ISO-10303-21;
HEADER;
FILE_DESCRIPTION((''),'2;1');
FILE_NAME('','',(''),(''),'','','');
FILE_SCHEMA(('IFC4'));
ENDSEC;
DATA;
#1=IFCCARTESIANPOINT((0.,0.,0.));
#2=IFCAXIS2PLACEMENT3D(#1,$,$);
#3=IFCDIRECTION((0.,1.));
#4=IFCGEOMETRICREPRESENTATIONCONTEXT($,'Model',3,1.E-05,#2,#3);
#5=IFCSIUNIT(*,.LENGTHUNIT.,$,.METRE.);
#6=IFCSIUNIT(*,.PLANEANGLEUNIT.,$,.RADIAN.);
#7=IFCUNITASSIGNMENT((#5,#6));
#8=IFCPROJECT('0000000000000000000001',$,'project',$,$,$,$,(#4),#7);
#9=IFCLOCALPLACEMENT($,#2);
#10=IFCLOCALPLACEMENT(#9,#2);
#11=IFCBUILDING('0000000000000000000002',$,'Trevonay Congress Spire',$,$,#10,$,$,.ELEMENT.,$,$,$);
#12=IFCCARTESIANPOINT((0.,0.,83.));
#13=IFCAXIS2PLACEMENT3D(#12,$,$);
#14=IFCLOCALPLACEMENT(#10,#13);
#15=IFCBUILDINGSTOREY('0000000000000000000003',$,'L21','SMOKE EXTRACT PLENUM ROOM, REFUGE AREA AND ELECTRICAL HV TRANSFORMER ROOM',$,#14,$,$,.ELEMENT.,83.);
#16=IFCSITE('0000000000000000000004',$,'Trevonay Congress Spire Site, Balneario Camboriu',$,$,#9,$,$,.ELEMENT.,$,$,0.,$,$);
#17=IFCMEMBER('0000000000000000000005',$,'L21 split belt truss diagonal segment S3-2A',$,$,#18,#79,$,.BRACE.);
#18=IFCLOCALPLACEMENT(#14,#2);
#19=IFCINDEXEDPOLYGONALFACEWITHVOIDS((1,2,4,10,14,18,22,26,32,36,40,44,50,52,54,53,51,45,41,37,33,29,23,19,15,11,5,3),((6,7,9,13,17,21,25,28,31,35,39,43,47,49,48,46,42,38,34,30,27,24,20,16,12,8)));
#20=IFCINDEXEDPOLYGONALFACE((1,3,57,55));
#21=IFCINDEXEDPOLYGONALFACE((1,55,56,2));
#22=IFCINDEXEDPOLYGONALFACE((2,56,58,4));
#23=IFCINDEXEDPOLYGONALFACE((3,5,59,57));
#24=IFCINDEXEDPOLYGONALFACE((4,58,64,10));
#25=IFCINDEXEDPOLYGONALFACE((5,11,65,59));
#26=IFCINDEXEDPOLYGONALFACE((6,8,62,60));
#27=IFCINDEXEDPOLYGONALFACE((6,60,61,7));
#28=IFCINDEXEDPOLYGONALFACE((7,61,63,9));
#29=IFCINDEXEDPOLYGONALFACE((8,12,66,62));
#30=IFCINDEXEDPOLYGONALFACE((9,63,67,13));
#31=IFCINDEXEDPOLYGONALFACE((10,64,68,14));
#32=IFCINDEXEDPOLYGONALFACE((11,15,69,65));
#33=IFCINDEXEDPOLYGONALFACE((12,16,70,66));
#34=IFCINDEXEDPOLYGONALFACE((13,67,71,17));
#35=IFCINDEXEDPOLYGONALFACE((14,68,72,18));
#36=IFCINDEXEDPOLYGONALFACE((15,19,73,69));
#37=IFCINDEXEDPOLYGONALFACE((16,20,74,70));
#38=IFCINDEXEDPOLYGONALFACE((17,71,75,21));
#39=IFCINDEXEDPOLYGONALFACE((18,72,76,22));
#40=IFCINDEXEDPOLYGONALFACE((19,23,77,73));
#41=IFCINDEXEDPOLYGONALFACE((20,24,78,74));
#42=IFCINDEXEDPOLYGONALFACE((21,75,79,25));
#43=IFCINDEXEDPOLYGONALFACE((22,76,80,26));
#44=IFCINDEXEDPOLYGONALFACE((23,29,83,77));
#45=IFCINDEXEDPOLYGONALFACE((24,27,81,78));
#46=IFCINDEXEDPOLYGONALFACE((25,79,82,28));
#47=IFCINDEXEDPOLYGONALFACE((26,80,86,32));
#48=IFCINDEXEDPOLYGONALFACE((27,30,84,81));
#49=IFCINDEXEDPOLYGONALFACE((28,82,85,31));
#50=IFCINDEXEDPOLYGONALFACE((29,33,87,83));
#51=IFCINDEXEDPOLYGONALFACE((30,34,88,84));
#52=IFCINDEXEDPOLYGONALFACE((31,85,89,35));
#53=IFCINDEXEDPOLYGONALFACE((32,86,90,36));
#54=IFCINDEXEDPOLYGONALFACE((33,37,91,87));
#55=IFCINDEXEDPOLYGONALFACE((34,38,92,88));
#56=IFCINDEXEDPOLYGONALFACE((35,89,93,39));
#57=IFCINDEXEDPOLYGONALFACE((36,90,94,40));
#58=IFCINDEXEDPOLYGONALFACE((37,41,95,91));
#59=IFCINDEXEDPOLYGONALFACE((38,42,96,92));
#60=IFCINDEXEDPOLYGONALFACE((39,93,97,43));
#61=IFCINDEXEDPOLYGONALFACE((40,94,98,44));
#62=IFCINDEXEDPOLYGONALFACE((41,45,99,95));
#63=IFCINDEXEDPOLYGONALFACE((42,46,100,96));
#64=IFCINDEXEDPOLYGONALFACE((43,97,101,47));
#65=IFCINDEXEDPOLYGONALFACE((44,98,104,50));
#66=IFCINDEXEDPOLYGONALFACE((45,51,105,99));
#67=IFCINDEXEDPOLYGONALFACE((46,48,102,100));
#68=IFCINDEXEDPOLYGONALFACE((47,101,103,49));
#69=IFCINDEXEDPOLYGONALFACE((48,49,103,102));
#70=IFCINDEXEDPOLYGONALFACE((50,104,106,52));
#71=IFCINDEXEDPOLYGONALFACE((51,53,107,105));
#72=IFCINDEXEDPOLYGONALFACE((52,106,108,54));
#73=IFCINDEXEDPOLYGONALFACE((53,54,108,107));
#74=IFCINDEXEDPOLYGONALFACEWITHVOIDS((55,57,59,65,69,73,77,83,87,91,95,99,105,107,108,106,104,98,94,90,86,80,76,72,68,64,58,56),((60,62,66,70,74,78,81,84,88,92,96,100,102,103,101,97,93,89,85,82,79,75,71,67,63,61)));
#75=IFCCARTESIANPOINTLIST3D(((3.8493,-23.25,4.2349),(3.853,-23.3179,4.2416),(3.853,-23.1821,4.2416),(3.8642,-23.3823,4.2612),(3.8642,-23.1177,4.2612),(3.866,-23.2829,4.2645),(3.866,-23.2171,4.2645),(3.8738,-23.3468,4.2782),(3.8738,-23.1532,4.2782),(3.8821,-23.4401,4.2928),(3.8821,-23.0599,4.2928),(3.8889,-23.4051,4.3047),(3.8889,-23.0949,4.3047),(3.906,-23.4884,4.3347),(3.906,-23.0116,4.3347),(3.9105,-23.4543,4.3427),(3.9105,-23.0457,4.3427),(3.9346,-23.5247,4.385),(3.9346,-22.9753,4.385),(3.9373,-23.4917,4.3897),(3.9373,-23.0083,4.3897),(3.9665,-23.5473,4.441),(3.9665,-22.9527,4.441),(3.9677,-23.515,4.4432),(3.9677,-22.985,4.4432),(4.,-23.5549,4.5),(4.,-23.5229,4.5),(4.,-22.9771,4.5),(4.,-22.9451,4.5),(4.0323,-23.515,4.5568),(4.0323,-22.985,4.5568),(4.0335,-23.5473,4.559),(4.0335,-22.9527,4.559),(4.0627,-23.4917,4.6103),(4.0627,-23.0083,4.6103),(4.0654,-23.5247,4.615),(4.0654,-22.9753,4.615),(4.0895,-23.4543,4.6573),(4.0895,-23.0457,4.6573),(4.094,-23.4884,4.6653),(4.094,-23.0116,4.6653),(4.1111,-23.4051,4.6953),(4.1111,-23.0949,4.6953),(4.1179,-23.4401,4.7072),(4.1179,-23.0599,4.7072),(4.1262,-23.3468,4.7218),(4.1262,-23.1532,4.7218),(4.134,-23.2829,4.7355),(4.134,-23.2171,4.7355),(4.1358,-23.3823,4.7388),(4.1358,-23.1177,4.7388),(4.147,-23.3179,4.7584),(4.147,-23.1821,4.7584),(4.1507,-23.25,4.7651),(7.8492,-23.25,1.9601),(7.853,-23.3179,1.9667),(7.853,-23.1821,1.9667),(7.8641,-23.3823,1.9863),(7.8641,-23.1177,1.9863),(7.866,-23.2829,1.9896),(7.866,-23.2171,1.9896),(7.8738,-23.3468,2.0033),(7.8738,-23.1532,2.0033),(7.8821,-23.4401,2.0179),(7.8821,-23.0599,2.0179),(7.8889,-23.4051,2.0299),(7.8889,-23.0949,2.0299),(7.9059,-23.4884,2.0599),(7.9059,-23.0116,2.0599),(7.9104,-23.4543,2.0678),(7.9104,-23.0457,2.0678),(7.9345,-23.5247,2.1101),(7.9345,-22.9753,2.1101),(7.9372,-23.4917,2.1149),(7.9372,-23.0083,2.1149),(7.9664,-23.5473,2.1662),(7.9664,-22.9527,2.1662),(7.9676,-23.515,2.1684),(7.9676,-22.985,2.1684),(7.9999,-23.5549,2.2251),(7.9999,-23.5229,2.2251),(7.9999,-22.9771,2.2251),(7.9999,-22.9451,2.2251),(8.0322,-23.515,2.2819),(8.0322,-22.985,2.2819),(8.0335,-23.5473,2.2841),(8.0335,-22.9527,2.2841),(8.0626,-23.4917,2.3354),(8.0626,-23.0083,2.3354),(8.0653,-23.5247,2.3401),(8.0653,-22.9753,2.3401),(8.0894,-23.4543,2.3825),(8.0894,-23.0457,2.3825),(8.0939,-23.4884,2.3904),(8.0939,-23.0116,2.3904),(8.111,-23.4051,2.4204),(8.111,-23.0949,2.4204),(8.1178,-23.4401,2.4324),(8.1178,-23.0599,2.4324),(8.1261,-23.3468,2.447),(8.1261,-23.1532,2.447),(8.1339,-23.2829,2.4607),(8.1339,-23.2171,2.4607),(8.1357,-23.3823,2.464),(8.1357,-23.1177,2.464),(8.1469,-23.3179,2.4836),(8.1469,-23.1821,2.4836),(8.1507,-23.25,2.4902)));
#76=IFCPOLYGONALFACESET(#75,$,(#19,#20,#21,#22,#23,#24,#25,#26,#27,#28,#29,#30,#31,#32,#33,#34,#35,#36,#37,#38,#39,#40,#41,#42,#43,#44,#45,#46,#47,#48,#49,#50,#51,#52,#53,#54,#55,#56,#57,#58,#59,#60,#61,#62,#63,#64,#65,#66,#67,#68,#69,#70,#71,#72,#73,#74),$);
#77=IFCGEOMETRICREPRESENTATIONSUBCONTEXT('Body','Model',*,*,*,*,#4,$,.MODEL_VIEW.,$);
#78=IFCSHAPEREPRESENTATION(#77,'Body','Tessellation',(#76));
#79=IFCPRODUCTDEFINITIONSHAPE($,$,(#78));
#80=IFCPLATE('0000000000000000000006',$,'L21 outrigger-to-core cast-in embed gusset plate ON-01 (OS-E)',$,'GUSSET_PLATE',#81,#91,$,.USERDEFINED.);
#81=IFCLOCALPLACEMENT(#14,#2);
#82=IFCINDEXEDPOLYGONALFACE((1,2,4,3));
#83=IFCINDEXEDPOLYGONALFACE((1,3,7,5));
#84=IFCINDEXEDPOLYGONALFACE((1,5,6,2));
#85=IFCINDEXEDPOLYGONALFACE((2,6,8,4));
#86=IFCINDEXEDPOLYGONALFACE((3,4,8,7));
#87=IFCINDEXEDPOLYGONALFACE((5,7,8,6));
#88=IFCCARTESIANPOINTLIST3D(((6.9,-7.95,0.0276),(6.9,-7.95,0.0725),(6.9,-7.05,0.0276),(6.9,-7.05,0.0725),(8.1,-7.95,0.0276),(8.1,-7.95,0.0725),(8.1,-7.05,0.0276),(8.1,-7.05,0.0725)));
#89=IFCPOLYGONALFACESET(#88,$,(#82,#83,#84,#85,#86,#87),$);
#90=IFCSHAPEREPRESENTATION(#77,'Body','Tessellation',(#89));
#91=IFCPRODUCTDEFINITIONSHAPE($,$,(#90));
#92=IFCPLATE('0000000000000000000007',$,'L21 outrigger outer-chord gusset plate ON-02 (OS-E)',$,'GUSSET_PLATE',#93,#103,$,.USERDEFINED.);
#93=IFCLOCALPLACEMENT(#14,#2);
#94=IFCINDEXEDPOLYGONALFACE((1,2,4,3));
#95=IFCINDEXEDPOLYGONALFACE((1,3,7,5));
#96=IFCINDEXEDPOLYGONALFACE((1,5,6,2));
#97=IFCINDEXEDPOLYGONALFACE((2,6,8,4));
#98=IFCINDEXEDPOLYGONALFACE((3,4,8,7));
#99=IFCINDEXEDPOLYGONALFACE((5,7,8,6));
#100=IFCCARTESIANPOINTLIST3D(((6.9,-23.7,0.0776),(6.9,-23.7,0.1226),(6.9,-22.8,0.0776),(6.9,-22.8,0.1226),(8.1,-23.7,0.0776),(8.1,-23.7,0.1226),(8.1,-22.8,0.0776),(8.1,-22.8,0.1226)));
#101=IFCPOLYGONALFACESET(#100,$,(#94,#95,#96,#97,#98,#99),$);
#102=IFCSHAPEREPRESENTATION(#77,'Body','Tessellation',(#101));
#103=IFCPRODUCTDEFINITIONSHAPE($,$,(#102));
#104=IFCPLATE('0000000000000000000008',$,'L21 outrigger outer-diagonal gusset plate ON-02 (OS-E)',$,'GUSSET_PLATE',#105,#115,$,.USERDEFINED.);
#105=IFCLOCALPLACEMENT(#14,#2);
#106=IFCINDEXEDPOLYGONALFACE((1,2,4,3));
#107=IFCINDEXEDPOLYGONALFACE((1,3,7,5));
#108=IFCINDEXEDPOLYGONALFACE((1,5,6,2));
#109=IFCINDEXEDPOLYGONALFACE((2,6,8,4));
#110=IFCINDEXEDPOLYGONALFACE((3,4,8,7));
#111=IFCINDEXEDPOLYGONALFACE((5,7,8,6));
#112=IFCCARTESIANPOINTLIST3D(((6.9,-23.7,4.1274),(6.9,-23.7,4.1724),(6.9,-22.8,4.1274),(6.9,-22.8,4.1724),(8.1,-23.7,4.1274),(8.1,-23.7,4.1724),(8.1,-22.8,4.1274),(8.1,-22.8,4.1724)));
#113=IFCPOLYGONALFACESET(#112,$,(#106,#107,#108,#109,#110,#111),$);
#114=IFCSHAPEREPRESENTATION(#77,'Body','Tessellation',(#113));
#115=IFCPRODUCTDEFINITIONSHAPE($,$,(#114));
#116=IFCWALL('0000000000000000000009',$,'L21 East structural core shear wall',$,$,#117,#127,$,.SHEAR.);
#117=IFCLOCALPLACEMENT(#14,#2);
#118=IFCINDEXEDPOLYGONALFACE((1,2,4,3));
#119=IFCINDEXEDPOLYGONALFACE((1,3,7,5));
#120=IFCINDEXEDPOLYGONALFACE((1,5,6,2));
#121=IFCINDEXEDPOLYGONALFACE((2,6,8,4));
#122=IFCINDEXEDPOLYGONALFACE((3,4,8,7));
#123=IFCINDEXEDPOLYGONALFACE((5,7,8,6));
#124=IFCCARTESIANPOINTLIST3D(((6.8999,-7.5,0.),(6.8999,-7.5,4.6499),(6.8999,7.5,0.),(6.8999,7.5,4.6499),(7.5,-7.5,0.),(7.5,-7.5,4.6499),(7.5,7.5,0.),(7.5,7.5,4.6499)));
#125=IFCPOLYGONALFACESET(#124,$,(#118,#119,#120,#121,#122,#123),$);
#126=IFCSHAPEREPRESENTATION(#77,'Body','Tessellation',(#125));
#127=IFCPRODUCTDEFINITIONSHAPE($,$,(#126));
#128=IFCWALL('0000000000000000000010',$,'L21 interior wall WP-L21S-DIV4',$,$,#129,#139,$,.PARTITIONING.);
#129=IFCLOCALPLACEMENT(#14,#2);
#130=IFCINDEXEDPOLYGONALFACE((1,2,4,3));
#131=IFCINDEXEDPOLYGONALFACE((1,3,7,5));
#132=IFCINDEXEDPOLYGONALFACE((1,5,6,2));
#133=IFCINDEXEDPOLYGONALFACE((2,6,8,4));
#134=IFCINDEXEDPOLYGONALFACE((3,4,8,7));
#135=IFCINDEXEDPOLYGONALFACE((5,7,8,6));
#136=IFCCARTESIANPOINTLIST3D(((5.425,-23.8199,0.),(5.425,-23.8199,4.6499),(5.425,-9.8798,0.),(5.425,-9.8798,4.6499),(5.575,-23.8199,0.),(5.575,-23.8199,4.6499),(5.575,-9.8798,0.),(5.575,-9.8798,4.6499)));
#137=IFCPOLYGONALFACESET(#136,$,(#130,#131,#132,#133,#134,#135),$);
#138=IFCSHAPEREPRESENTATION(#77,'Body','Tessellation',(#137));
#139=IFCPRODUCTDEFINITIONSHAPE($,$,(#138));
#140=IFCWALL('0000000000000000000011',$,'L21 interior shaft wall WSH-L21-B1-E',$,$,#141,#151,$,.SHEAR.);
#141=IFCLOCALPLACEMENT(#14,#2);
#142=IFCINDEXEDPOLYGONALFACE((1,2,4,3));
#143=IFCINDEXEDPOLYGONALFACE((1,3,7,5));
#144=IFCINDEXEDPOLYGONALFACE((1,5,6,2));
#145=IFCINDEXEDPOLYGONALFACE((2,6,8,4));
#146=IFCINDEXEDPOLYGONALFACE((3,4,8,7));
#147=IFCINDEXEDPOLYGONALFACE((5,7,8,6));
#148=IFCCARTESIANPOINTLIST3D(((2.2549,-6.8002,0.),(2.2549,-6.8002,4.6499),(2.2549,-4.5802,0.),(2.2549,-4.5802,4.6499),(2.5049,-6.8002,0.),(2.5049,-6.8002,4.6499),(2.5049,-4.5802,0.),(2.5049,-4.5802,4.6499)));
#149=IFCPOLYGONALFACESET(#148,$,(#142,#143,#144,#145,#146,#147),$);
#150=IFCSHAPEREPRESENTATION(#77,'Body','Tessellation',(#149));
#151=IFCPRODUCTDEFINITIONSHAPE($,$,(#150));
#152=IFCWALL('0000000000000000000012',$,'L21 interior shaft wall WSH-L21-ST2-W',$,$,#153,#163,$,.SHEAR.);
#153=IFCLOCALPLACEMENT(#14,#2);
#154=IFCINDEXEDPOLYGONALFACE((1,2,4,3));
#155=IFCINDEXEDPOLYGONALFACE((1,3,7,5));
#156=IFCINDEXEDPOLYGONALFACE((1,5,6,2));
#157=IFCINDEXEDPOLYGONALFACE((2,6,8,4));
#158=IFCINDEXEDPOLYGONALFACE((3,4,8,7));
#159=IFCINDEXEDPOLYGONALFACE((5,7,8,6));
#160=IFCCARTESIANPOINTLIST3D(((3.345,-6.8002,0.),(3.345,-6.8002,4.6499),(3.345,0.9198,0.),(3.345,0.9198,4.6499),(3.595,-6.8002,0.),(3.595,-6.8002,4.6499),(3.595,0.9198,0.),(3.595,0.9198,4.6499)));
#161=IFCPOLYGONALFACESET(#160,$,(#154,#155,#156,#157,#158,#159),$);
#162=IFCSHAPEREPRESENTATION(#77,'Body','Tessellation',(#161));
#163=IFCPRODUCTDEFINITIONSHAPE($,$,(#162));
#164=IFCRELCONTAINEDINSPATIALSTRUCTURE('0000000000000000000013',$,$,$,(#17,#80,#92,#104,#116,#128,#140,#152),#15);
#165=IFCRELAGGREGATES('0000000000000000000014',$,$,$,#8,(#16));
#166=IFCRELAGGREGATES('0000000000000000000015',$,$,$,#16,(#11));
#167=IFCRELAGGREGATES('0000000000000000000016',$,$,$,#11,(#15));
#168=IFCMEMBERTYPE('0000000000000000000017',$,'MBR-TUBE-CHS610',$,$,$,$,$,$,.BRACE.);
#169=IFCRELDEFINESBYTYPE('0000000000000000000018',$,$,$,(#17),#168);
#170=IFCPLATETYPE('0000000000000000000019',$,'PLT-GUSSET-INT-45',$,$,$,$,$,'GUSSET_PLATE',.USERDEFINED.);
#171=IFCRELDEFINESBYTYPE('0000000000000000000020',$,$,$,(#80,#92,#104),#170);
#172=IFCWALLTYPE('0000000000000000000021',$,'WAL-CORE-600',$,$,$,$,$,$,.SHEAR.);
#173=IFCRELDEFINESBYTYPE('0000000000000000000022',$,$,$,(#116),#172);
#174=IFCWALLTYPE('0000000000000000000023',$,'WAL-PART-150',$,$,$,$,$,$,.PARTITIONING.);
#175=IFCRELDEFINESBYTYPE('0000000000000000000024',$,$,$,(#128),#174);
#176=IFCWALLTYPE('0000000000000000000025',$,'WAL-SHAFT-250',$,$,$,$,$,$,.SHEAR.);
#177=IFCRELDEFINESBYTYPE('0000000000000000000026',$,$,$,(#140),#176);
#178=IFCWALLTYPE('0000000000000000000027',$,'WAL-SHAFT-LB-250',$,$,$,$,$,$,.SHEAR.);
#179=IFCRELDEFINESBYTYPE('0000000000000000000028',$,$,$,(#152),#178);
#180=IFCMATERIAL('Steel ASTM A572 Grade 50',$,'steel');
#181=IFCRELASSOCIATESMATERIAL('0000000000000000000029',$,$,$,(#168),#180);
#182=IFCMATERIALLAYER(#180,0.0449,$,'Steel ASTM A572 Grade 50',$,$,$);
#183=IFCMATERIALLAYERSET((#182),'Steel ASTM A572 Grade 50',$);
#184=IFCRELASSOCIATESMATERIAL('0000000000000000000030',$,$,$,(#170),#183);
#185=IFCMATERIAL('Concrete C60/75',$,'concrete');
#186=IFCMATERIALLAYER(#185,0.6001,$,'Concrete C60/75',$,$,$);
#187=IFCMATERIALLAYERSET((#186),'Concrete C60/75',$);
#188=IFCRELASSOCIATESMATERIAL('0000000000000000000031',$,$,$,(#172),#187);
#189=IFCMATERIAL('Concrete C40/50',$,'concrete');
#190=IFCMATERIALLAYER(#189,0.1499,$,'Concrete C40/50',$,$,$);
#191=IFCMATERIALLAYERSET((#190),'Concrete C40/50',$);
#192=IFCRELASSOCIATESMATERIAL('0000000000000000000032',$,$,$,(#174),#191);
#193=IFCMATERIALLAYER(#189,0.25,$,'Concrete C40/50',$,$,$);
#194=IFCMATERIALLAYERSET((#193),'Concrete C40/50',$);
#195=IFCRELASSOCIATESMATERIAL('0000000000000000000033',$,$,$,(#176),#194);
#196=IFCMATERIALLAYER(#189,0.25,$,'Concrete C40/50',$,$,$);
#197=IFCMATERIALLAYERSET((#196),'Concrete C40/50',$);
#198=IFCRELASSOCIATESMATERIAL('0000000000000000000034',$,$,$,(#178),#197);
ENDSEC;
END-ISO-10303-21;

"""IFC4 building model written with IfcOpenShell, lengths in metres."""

from ifc_helpers import new_model, si_unit, direction, frame, frame_2d, origin, origin_2d, place, context, subcontext, project, spatial, rectangle, hollow_circle, extrude, material, layer, layer_set, material_profile, profile_set, type_object, element, save


model = new_model("IFC4")

# Units and contexts
model_context = context("Model", 3, precision=1e-05, world=origin(), true_north=direction((0.0, 1.0)))
body_context = subcontext(model_context, "Body", "Model", "MODEL_VIEW")
ifc_project = project(units=[si_unit("LENGTHUNIT", "METRE"), si_unit("PLANEANGLEUNIT", "RADIAN")], contexts=[model_context])

# Site, building, storey
site_placement = place(None, origin())
site = spatial("IfcSite", under=ifc_project, at=site_placement, Name="Trevonay Congress Spire Site, Balneario Camboriu", CompositionType="ELEMENT", RefElevation=0.0)
building_placement = place(site_placement, origin())
building = spatial("IfcBuilding", under=site, at=building_placement, Name="Trevonay Congress Spire", CompositionType="ELEMENT")
storey_placement = place(building_placement, frame((0.0, 0.0, 83.0)))
storey = spatial("IfcBuildingStorey", under=building, at=storey_placement, Name="L21", Description="SMOKE EXTRACT PLENUM ROOM, REFUGE AREA AND ELECTRICAL HV TRANSFORMER ROOM", CompositionType="ELEMENT", Elevation=83.0)

# Shared definitions
ifc_material_1 = material(Name="Steel ASTM A572 Grade 50", Category="steel")

# Member
ifc_material_profile_1 = material_profile(ifc_material_1, hollow_circle(Radius=0.3049, WallThickness=0.032, at=origin_2d()), Name="CHS 610x32")
ifc_profile_set_1 = profile_set([ifc_material_profile_1], Name="Steel ASTM A572 Grade 50")
member_type_1 = type_object("IfcMemberType", Name="MBR-TUBE-CHS610", PredefinedType="BRACE", material=ifc_profile_set_1)
member_1_placement = place(storey_placement, frame((4.0, -23.25, 4.5), z_axis=(0.869253, 0.0, -0.494367), x_axis=(0.0, 1.0, 0.0)))
element("IfcMember", 1, at=member_1_placement, inside=storey, type_object=member_type_1, Name="L21 split belt truss diagonal segment S3-2A", PredefinedType="BRACE", context=body_context, shape_type="SweptSolid", body=[
    extrude(hollow_circle(Radius=0.3049, WallThickness=0.032, at=origin_2d()), origin(), (0.0, 0.0, 1.0), 4.6016),
])

# Plates
ifc_layer_1 = layer(ifc_material_1, 0.0449, Name="Steel ASTM A572 Grade 50")
ifc_layer_set_1 = layer_set([ifc_layer_1], Name="Steel ASTM A572 Grade 50")
plate_type = type_object("IfcPlateType", Name="PLT-GUSSET-INT-45", ElementType="GUSSET_PLATE", PredefinedType="USERDEFINED", material=ifc_layer_set_1)
for number, where, z_axis, x_axis, name in (
    (2, (7.5, -7.5, 0.0276), (0.0, 0.0, 1.0), (1.0, 0.0, 0.0), "L21 outrigger-to-core cast-in embed gusset plate ON-01 (OS-E)"),
    (3, (7.5, -23.25, 0.0776), (0.0, 0.0, 1.0), (1.0, 0.0, 0.0), "L21 outrigger outer-chord gusset plate ON-02 (OS-E)"),
    (4, (7.5, -23.25, 4.1274), (0.0, 0.0, 1.0), (1.0, 0.0, 0.0), "L21 outrigger outer-diagonal gusset plate ON-02 (OS-E)"),
):
    element("IfcPlate", number, at=place(storey_placement, frame(where, z_axis=z_axis, x_axis=x_axis)), inside=storey, type_object=plate_type, Name=name, ObjectType="GUSSET_PLATE", PredefinedType="USERDEFINED", context=body_context, shape_type="SweptSolid", body=[
        extrude(rectangle(XDim=1.2, YDim=0.8999, at=origin_2d()), origin(), (0.0, 0.0, 1.0), 0.0449),
    ])

# Walls
ifc_material_2 = material(Name="Concrete C60/75", Category="concrete")
ifc_layer_2 = layer(ifc_material_2, 0.6001, Name="Concrete C60/75")
ifc_layer_set_2 = layer_set([ifc_layer_2], Name="Concrete C60/75")
wall_type_1 = type_object("IfcWallType", Name="WAL-CORE-600", PredefinedType="SHEAR", material=ifc_layer_set_2)
wall_1_placement = place(storey_placement, frame((7.2, -7.5, 0.0), z_axis=(0.0, 0.0, 1.0), x_axis=(0.0, 1.0, 0.0)))
element("IfcWall", 5, at=wall_1_placement, inside=storey, type_object=wall_type_1, Name="L21 East structural core shear wall", PredefinedType="SHEAR", context=body_context, shape_type="SweptSolid", body=[
    extrude(rectangle(XDim=15.0, YDim=0.6001, at=frame_2d((7.5, 0.0))), origin(), (0.0, 0.0, 1.0), 4.6499),
])
ifc_material_3 = material(Name="Concrete C40/50", Category="concrete")
ifc_layer_3 = layer(ifc_material_3, 0.1499, Name="Concrete C40/50")
ifc_layer_set_3 = layer_set([ifc_layer_3], Name="Concrete C40/50")
wall_type_2 = type_object("IfcWallType", Name="WAL-PART-150", PredefinedType="PARTITIONING", material=ifc_layer_set_3)
wall_2_placement = place(storey_placement, frame((5.5, -23.8201, 0.0), z_axis=(0.0, 0.0, 1.0), x_axis=(0.0, 1.0, 0.0)))
element("IfcWall", 6, at=wall_2_placement, inside=storey, type_object=wall_type_2, Name="L21 interior wall WP-L21S-DIV4", PredefinedType="PARTITIONING", context=body_context, shape_type="SweptSolid", body=[
    extrude(rectangle(XDim=13.9402, YDim=0.1499, at=frame_2d((6.9702, 0.0))), origin(), (0.0, 0.0, 1.0), 4.6499),
])
ifc_layer_4 = layer(ifc_material_3, 0.25, Name="Concrete C40/50")
ifc_layer_set_4 = layer_set([ifc_layer_4], Name="Concrete C40/50")
wall_type_3 = type_object("IfcWallType", Name="WAL-SHAFT-250", PredefinedType="SHEAR", material=ifc_layer_set_4)
wall_3_placement = place(storey_placement, frame((2.3799, -6.8, 0.0), z_axis=(0.0, 0.0, 1.0), x_axis=(0.0, 1.0, 0.0)))
element("IfcWall", 7, at=wall_3_placement, inside=storey, type_object=wall_type_3, Name="L21 interior shaft wall WSH-L21-B1-E", PredefinedType="SHEAR", context=body_context, shape_type="SweptSolid", body=[
    extrude(rectangle(XDim=2.22, YDim=0.25, at=frame_2d((1.1099, 0.0))), origin(), (0.0, 0.0, 1.0), 4.6499),
])
ifc_layer_5 = layer(ifc_material_3, 0.25, Name="Concrete C40/50")
ifc_layer_set_5 = layer_set([ifc_layer_5], Name="Concrete C40/50")
wall_type_4 = type_object("IfcWallType", Name="WAL-SHAFT-LB-250", PredefinedType="SHEAR", material=ifc_layer_set_5)
wall_4_placement = place(storey_placement, frame((3.47, -6.8, 0.0), z_axis=(0.0, 0.0, 1.0), x_axis=(0.0, 1.0, 0.0)))
element("IfcWall", 8, at=wall_4_placement, inside=storey, type_object=wall_type_4, Name="L21 interior shaft wall WSH-L21-ST2-W", PredefinedType="SHEAR", context=body_context, shape_type="SweptSolid", body=[
    extrude(rectangle(XDim=7.72, YDim=0.25, at=frame_2d((3.8599, 0.0))), origin(), (0.0, 0.0, 1.0), 4.6499),
])

save(model, "model.ifc")
